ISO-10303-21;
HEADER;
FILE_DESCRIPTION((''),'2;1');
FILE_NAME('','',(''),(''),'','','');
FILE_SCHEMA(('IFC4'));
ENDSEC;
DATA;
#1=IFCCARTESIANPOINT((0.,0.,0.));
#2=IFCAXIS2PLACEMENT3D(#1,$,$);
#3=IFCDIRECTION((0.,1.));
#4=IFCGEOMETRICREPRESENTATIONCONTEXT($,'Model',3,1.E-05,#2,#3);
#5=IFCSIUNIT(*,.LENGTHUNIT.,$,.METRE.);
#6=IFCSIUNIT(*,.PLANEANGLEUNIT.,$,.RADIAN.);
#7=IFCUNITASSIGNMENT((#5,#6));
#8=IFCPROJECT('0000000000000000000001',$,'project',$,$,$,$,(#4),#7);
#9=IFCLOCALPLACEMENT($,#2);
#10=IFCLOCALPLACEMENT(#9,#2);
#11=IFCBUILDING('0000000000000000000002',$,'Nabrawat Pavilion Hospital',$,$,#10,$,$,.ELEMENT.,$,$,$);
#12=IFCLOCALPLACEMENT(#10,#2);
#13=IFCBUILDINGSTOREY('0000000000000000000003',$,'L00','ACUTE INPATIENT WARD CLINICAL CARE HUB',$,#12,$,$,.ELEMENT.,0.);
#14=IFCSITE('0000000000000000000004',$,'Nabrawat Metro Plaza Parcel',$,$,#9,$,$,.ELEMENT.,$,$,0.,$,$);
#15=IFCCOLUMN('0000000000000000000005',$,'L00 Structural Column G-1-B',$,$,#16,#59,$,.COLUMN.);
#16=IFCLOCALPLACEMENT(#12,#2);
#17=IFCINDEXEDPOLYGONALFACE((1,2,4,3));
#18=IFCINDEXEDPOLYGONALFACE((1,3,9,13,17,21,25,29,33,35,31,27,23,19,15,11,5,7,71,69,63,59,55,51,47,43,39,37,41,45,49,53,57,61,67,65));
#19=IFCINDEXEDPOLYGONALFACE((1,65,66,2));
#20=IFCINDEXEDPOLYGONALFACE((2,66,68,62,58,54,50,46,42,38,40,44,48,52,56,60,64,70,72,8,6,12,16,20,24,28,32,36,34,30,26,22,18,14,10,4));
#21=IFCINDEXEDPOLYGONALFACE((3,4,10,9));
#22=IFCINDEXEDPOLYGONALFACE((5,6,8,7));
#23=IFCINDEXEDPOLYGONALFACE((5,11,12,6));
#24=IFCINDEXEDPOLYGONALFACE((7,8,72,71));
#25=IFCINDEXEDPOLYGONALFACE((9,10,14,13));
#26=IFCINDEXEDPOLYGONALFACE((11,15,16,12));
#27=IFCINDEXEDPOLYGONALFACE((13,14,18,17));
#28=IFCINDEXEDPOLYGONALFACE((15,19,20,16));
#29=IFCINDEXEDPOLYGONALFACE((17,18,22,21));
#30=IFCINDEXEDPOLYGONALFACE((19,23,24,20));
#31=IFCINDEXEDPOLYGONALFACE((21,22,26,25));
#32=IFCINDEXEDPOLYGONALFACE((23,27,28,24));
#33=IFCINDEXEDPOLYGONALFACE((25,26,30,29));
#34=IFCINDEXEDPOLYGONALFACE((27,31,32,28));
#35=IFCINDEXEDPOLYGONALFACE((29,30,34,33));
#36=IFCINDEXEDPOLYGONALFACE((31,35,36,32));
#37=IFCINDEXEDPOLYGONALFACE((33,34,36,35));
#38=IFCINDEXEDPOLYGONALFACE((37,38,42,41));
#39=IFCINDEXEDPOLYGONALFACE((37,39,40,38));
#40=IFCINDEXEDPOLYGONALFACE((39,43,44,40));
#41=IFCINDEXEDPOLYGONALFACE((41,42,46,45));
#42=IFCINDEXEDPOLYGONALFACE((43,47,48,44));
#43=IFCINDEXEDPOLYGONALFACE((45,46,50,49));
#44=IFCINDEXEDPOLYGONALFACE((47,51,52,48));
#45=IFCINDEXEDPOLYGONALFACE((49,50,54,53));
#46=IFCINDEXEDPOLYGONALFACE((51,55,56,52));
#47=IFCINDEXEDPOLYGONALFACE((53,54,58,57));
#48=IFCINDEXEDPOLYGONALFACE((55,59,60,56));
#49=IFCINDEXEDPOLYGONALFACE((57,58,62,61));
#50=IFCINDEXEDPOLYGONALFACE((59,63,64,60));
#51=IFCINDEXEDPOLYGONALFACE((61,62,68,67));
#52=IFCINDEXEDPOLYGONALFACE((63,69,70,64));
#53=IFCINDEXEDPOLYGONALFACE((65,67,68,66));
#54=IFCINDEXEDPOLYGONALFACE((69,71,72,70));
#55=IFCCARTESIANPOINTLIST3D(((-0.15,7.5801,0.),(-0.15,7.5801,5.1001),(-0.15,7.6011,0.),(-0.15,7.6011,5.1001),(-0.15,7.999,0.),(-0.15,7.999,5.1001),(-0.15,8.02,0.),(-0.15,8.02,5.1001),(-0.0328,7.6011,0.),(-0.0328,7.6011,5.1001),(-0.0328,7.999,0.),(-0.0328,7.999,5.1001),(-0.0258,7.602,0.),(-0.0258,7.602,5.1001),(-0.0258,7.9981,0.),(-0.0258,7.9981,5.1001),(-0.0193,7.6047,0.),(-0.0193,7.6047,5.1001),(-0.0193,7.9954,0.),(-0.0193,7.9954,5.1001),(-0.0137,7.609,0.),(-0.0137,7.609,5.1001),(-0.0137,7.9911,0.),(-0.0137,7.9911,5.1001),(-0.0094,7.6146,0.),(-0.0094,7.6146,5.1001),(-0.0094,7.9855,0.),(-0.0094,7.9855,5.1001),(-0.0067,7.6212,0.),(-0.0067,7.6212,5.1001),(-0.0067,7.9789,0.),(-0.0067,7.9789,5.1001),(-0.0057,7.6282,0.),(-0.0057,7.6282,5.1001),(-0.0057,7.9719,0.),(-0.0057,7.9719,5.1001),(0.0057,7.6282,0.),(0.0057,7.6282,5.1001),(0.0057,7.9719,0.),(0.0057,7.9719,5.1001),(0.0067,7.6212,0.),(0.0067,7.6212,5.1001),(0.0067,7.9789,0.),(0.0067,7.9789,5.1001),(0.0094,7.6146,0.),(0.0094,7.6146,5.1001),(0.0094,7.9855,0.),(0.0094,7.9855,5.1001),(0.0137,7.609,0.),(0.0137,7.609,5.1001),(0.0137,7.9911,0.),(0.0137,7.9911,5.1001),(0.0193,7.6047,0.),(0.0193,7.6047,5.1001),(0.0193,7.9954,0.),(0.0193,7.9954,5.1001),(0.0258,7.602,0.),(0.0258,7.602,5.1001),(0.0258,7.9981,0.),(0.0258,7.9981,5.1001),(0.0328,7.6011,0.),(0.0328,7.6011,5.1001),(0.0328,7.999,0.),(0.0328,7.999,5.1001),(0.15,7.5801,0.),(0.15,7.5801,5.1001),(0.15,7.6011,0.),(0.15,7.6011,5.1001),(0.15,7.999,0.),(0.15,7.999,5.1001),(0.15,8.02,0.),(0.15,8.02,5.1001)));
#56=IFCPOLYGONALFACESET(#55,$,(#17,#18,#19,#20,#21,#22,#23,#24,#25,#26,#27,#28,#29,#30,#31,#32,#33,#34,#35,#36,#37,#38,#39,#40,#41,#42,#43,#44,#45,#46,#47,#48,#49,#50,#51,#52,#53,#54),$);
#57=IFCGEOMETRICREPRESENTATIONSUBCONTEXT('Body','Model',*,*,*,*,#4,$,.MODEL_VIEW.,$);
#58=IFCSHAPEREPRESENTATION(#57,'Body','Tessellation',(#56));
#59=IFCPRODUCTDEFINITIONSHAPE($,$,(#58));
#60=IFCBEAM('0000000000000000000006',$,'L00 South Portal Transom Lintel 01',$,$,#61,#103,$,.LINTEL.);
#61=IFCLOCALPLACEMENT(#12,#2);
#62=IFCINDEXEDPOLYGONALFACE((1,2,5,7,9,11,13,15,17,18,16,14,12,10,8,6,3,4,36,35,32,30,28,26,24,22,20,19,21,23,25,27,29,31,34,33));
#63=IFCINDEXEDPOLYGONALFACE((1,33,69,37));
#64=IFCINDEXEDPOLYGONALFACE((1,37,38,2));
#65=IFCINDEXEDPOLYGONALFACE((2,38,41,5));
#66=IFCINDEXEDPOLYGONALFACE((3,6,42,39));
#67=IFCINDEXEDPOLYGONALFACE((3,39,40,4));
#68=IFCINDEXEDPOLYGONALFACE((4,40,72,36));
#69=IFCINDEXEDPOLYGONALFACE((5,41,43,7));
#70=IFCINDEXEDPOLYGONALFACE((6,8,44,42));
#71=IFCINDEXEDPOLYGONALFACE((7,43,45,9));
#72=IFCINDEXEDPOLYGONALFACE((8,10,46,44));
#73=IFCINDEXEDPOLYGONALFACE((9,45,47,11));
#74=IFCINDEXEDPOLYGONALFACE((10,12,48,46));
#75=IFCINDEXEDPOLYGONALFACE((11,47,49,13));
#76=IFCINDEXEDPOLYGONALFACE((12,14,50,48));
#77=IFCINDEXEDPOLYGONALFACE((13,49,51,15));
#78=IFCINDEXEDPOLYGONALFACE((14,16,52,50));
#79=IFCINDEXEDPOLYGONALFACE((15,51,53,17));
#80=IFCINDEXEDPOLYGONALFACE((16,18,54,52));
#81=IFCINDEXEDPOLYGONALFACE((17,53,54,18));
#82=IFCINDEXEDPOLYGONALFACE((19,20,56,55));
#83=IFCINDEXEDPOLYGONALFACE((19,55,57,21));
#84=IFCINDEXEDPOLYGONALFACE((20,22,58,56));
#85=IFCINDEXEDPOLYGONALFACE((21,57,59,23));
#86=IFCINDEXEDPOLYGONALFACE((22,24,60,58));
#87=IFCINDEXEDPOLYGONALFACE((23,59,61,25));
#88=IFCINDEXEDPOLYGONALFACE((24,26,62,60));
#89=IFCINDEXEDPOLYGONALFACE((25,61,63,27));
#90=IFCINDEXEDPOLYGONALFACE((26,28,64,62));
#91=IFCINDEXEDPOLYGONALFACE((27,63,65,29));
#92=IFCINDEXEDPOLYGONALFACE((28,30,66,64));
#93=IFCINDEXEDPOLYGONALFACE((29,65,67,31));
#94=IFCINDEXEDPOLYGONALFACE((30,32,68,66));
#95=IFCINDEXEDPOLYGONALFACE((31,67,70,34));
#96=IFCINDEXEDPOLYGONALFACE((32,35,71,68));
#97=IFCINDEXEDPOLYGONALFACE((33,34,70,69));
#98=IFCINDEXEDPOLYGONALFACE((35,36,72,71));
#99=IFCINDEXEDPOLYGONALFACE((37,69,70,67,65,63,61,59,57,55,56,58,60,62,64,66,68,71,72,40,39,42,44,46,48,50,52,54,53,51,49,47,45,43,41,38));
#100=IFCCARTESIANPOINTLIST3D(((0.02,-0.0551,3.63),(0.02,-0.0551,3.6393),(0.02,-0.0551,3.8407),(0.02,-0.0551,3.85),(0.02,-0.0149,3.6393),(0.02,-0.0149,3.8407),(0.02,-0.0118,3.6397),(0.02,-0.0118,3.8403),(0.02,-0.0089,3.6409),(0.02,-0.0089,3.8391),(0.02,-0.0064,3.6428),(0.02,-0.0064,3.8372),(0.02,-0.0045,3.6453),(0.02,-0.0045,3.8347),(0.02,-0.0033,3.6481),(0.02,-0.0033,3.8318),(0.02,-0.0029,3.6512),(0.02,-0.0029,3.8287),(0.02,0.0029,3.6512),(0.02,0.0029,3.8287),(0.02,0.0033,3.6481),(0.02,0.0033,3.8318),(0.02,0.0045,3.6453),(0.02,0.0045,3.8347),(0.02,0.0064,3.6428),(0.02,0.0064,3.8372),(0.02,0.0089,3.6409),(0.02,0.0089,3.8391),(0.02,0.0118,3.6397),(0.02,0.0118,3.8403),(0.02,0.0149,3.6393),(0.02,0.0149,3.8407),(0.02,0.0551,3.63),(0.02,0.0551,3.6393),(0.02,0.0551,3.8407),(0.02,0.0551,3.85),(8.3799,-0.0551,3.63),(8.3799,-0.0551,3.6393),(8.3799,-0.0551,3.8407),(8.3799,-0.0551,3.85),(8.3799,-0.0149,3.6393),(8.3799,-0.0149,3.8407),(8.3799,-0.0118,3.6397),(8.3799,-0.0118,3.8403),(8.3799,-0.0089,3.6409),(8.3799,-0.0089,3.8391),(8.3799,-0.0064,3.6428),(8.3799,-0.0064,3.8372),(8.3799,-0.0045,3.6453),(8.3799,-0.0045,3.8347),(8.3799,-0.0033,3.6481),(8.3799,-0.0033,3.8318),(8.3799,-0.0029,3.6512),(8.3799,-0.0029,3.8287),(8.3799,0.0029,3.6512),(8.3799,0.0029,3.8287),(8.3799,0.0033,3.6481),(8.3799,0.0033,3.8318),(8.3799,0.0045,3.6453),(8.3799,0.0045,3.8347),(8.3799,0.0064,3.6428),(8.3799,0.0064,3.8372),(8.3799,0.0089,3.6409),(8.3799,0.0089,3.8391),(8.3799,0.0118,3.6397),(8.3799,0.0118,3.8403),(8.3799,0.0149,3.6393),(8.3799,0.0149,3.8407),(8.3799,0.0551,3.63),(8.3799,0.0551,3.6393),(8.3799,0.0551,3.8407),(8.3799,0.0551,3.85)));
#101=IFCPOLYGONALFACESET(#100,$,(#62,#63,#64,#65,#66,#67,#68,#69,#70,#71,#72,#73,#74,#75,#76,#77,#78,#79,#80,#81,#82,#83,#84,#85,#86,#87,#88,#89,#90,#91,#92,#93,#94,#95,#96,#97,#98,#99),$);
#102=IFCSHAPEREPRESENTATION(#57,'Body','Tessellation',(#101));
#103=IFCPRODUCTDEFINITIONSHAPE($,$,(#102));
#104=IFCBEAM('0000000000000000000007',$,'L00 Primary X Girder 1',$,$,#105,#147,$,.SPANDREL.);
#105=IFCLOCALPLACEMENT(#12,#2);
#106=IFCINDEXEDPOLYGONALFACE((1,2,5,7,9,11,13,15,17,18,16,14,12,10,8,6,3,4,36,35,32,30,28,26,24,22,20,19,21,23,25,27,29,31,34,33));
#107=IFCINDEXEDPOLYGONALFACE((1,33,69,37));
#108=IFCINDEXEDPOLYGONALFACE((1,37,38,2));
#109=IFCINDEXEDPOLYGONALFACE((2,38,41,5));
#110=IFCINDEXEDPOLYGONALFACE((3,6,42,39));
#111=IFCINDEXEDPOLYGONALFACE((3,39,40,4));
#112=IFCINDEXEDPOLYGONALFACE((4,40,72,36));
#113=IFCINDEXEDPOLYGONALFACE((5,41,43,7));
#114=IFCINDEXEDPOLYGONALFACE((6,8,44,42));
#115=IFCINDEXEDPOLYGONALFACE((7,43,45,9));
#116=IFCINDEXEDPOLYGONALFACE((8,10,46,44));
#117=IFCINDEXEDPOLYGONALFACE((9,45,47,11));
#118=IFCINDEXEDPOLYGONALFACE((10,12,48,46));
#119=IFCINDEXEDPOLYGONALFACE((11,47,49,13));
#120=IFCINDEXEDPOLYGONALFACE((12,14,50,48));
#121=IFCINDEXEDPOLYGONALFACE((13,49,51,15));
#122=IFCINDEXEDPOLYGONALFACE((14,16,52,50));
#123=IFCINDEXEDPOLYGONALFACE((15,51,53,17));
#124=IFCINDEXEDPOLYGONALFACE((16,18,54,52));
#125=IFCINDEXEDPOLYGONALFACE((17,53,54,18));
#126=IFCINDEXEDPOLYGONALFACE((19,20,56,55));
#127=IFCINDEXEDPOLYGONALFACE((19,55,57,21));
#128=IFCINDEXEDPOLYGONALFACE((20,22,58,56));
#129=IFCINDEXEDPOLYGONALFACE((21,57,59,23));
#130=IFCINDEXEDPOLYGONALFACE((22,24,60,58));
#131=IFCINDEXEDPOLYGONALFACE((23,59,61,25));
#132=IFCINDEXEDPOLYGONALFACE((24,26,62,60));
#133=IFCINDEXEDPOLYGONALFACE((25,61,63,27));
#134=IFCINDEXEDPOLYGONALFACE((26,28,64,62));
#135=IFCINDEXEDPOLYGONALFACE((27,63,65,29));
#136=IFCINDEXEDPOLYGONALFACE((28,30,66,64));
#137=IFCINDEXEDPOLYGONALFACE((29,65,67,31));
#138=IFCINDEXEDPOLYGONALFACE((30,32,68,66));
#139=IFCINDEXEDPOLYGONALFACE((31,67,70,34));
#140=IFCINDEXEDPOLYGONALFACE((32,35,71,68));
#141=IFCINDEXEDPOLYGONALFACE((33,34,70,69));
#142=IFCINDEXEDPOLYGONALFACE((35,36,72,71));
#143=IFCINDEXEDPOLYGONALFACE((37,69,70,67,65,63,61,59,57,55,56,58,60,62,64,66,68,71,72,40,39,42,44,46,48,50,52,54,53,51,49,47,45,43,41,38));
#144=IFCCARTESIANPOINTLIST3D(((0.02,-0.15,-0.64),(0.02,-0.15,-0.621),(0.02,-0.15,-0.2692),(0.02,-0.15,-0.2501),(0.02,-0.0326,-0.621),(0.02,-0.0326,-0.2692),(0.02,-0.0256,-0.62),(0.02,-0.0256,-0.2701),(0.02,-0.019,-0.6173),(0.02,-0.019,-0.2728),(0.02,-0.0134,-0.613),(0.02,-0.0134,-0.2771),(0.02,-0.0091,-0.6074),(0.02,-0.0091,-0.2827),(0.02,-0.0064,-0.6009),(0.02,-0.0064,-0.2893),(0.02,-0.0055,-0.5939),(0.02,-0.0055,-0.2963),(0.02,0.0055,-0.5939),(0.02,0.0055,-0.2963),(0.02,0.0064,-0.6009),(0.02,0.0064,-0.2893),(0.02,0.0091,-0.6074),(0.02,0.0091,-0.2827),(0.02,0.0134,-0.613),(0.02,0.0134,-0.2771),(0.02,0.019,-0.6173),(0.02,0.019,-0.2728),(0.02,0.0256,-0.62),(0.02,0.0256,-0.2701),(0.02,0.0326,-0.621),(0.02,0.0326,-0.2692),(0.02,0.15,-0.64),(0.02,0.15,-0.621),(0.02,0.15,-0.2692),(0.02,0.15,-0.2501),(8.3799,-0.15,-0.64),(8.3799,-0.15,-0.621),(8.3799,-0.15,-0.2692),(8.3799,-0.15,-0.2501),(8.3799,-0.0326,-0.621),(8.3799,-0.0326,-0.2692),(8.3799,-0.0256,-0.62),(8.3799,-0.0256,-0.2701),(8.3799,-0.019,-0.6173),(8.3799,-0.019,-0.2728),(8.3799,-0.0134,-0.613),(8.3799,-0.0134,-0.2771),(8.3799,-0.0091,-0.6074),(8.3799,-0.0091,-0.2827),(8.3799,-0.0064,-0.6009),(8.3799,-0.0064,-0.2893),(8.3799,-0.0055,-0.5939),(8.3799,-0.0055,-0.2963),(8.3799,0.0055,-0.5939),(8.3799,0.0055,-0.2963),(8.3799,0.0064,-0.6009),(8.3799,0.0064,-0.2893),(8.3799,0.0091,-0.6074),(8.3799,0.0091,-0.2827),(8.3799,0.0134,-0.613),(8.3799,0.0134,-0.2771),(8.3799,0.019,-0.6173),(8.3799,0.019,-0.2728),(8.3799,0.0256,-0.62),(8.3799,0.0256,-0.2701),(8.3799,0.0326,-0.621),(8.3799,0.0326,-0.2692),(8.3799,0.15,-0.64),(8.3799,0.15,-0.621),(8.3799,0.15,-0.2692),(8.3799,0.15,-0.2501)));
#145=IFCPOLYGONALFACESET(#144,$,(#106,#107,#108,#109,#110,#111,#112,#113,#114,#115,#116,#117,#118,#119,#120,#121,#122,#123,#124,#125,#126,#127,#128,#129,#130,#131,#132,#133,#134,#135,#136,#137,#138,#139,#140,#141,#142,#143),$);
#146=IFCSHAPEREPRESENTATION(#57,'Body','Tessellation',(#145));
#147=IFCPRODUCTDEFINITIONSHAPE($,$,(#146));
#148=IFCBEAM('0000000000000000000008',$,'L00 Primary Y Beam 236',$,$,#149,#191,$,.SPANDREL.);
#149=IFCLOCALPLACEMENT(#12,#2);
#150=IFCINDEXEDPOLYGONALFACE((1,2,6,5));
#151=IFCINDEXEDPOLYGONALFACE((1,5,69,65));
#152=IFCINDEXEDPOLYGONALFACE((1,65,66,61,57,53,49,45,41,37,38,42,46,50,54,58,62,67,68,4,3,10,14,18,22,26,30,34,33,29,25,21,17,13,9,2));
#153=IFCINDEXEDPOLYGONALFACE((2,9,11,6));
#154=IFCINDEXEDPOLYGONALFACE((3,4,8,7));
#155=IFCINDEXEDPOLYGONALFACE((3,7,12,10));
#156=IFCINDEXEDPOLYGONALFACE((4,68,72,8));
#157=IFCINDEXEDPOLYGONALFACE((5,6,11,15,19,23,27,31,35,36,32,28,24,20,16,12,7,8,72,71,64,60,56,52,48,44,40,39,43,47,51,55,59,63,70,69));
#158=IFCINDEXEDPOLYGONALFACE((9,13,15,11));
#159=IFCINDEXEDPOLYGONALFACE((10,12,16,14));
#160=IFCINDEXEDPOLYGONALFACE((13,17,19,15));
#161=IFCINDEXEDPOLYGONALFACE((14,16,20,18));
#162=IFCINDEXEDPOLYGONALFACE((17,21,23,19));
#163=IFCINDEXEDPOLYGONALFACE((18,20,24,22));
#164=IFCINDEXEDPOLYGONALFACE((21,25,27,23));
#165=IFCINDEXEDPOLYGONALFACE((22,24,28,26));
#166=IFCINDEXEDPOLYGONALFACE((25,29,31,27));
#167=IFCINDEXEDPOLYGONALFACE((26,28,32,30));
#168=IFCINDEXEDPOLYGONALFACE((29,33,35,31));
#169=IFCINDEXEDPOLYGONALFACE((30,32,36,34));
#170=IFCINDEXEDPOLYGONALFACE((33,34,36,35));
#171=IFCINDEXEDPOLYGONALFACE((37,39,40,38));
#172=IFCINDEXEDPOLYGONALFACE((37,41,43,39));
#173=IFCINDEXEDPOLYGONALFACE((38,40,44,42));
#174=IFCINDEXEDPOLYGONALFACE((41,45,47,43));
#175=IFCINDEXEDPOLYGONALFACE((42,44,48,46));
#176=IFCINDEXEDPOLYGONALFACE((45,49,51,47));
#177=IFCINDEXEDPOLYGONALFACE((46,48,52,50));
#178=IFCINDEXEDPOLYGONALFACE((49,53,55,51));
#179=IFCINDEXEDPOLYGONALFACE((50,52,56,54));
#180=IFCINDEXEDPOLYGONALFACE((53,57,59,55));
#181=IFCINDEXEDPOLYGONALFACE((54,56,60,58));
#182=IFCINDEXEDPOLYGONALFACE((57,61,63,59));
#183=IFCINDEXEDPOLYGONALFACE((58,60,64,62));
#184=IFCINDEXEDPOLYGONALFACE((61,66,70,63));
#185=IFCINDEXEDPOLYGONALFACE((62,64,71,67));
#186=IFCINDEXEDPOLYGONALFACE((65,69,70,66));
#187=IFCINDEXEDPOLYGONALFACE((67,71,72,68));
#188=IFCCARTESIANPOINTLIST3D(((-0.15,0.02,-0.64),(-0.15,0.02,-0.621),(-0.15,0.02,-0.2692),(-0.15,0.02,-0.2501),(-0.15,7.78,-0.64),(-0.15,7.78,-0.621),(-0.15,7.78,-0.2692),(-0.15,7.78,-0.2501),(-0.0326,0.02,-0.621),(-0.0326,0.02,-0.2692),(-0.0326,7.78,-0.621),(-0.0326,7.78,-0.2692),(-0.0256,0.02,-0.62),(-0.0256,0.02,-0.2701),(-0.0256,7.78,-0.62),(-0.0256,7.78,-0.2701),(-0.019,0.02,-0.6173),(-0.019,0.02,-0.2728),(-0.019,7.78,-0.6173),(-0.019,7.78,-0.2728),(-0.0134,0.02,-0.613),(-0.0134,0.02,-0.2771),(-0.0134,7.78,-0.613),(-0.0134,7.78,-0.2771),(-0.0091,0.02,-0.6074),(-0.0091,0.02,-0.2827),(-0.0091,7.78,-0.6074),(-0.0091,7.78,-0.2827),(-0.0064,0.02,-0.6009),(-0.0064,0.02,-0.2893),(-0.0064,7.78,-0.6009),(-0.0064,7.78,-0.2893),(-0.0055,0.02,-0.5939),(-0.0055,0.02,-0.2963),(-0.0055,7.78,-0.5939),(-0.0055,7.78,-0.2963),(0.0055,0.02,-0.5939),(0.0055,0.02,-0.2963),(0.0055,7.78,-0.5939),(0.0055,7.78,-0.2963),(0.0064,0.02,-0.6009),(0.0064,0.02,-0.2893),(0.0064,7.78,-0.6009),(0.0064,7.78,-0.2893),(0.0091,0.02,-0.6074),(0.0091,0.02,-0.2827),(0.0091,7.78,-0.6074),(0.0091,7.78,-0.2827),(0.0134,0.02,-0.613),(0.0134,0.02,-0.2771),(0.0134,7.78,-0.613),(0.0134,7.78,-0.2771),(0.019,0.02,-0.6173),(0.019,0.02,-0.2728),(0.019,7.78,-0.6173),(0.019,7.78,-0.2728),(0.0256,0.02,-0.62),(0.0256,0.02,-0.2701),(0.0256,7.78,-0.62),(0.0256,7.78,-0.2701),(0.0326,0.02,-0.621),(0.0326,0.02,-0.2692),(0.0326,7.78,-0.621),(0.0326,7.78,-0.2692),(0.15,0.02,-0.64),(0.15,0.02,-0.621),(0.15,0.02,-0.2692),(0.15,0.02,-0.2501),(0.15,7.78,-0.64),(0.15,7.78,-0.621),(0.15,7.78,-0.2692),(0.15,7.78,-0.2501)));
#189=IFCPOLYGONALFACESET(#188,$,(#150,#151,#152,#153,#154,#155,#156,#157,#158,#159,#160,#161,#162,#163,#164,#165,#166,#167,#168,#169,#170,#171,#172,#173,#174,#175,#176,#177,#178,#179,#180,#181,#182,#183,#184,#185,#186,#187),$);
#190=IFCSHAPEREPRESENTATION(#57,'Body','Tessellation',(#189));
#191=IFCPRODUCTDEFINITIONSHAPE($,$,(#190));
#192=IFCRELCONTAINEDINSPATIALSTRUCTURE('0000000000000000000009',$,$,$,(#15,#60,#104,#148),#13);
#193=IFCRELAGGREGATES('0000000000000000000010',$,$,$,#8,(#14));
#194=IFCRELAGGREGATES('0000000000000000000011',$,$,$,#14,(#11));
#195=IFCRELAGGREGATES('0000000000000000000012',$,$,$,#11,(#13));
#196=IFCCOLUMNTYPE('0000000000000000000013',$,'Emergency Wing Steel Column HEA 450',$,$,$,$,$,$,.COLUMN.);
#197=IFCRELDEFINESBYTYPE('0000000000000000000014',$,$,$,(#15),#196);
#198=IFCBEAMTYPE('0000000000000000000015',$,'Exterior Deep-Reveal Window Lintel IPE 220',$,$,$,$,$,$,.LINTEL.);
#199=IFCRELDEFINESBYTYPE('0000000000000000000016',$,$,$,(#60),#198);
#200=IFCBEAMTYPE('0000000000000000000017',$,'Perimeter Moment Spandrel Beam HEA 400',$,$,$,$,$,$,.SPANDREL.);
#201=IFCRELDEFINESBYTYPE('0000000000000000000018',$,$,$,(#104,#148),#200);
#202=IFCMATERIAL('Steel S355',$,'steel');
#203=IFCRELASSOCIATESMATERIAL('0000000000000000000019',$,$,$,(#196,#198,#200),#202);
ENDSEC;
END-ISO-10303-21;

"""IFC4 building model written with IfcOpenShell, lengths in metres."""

from ifc_helpers import new_model, si_unit, direction, frame, origin, origin_2d, place, context, subcontext, project, spatial, i_section, extrude, material, material_profile, profile_set, type_object, element, save


model = new_model("IFC4")

# Units and contexts
model_context = context("Model", 3, precision=1e-05, world=origin(), true_north=direction((0.0, 1.0)))
body_context = subcontext(model_context, "Body", "Model", "MODEL_VIEW")
ifc_project = project(units=[si_unit("LENGTHUNIT", "METRE"), si_unit("PLANEANGLEUNIT", "RADIAN")], contexts=[model_context])

# Site, building, storey
site_placement = place(None, origin())
site = spatial("IfcSite", under=ifc_project, at=site_placement, Name="Nabrawat Metro Plaza Parcel", CompositionType="ELEMENT", RefElevation=0.0)
building_placement = place(site_placement, origin())
building = spatial("IfcBuilding", under=site, at=building_placement, Name="Nabrawat Pavilion Hospital", CompositionType="ELEMENT")
storey_placement = place(building_placement, origin())
storey = spatial("IfcBuildingStorey", under=building, at=storey_placement, Name="L00", Description="ACUTE INPATIENT WARD CLINICAL CARE HUB", CompositionType="ELEMENT", Elevation=0.0)

# Column
ifc_material_1 = material(Name="Steel S355", Category="steel")
ifc_material_profile_1 = material_profile(ifc_material_1, i_section(OverallWidth=0.3, OverallDepth=0.4399, WebThickness=0.0115, FlangeThickness=0.021, FilletRadius=0.0271, at=origin_2d()), Name="HEA 450")
ifc_profile_set_1 = profile_set([ifc_material_profile_1], Name="Steel S355")
column_type = type_object("IfcColumnType", Name="Emergency Wing Steel Column HEA 450", PredefinedType="COLUMN", material=ifc_profile_set_1)
column_placement = place(storey_placement, frame((0.0, 7.8, 0.0), z_axis=(0.0, 0.0, 1.0), x_axis=(1.0, 0.0, 0.0)))
element("IfcColumn", 1, at=column_placement, inside=storey, type_object=column_type, Name="L00 Structural Column G-1-B", PredefinedType="COLUMN", context=body_context, shape_type="SweptSolid", body=[
    extrude(i_section(OverallWidth=0.3, OverallDepth=0.4399, WebThickness=0.0115, FlangeThickness=0.021, FilletRadius=0.0271, at=origin_2d()), origin(), (0.0, 0.0, 1.0), 5.1001),
])

# Beams
ifc_material_profile_2 = material_profile(ifc_material_1, i_section(OverallWidth=0.1101, OverallDepth=0.22, WebThickness=0.0059, FlangeThickness=0.0093, FilletRadius=0.012, at=origin_2d()), Name="IPE 220")
ifc_profile_set_2 = profile_set([ifc_material_profile_2], Name="Steel S355")
beam_type_1 = type_object("IfcBeamType", Name="Exterior Deep-Reveal Window Lintel IPE 220", PredefinedType="LINTEL", material=ifc_profile_set_2)
beam_1_placement = place(storey_placement, frame((0.02, 0.0, 3.74), z_axis=(1.0, 0.0, 0.0), x_axis=(0.0, 1.0, 0.0)))
element("IfcBeam", 2, at=beam_1_placement, inside=storey, type_object=beam_type_1, Name="L00 South Portal Transom Lintel 01", PredefinedType="LINTEL", context=body_context, shape_type="SweptSolid", body=[
    extrude(i_section(OverallWidth=0.1101, OverallDepth=0.22, WebThickness=0.0059, FlangeThickness=0.0093, FilletRadius=0.012, at=origin_2d()), origin(), (0.0, 0.0, 1.0), 8.3599),
])
ifc_material_profile_3 = material_profile(ifc_material_1, i_section(OverallWidth=0.3, OverallDepth=0.3899, WebThickness=0.011, FlangeThickness=0.019, FilletRadius=0.0271, at=origin_2d()), Name="HEA 400")
ifc_profile_set_3 = profile_set([ifc_material_profile_3], Name="Steel S355")
beam_type_2 = type_object("IfcBeamType", Name="Perimeter Moment Spandrel Beam HEA 400", PredefinedType="SPANDREL", material=ifc_profile_set_3)
beam_2_placement = place(storey_placement, frame((0.02, 0.0, -0.4451), z_axis=(1.0, 0.0, 0.0), x_axis=(0.0, 1.0, 0.0)))
element("IfcBeam", 3, at=beam_2_placement, inside=storey, type_object=beam_type_2, Name="L00 Primary X Girder 1", PredefinedType="SPANDREL", context=body_context, shape_type="SweptSolid", body=[
    extrude(i_section(OverallWidth=0.3, OverallDepth=0.3899, WebThickness=0.011, FlangeThickness=0.019, FilletRadius=0.0271, at=origin_2d()), origin(), (0.0, 0.0, 1.0), 8.3599),
])
for number, where, z_axis, x_axis, name in (
    (4, (0.0, 0.02, -0.4451), (0.0, 1.0, 0.0), (-1.0, 0.0, 0.0), "L00 Primary Y Beam 236"),
):
    element("IfcBeam", number, at=place(storey_placement, frame(where, z_axis=z_axis, x_axis=x_axis)), inside=storey, type_object=beam_type_2, Name=name, PredefinedType="SPANDREL", context=body_context, shape_type="SweptSolid", body=[
        extrude(i_section(OverallWidth=0.3, OverallDepth=0.3899, WebThickness=0.011, FlangeThickness=0.019, FilletRadius=0.0271, at=origin_2d()), origin(), (0.0, 0.0, 1.0), 7.76),
    ])

save(model, "model.ifc")
